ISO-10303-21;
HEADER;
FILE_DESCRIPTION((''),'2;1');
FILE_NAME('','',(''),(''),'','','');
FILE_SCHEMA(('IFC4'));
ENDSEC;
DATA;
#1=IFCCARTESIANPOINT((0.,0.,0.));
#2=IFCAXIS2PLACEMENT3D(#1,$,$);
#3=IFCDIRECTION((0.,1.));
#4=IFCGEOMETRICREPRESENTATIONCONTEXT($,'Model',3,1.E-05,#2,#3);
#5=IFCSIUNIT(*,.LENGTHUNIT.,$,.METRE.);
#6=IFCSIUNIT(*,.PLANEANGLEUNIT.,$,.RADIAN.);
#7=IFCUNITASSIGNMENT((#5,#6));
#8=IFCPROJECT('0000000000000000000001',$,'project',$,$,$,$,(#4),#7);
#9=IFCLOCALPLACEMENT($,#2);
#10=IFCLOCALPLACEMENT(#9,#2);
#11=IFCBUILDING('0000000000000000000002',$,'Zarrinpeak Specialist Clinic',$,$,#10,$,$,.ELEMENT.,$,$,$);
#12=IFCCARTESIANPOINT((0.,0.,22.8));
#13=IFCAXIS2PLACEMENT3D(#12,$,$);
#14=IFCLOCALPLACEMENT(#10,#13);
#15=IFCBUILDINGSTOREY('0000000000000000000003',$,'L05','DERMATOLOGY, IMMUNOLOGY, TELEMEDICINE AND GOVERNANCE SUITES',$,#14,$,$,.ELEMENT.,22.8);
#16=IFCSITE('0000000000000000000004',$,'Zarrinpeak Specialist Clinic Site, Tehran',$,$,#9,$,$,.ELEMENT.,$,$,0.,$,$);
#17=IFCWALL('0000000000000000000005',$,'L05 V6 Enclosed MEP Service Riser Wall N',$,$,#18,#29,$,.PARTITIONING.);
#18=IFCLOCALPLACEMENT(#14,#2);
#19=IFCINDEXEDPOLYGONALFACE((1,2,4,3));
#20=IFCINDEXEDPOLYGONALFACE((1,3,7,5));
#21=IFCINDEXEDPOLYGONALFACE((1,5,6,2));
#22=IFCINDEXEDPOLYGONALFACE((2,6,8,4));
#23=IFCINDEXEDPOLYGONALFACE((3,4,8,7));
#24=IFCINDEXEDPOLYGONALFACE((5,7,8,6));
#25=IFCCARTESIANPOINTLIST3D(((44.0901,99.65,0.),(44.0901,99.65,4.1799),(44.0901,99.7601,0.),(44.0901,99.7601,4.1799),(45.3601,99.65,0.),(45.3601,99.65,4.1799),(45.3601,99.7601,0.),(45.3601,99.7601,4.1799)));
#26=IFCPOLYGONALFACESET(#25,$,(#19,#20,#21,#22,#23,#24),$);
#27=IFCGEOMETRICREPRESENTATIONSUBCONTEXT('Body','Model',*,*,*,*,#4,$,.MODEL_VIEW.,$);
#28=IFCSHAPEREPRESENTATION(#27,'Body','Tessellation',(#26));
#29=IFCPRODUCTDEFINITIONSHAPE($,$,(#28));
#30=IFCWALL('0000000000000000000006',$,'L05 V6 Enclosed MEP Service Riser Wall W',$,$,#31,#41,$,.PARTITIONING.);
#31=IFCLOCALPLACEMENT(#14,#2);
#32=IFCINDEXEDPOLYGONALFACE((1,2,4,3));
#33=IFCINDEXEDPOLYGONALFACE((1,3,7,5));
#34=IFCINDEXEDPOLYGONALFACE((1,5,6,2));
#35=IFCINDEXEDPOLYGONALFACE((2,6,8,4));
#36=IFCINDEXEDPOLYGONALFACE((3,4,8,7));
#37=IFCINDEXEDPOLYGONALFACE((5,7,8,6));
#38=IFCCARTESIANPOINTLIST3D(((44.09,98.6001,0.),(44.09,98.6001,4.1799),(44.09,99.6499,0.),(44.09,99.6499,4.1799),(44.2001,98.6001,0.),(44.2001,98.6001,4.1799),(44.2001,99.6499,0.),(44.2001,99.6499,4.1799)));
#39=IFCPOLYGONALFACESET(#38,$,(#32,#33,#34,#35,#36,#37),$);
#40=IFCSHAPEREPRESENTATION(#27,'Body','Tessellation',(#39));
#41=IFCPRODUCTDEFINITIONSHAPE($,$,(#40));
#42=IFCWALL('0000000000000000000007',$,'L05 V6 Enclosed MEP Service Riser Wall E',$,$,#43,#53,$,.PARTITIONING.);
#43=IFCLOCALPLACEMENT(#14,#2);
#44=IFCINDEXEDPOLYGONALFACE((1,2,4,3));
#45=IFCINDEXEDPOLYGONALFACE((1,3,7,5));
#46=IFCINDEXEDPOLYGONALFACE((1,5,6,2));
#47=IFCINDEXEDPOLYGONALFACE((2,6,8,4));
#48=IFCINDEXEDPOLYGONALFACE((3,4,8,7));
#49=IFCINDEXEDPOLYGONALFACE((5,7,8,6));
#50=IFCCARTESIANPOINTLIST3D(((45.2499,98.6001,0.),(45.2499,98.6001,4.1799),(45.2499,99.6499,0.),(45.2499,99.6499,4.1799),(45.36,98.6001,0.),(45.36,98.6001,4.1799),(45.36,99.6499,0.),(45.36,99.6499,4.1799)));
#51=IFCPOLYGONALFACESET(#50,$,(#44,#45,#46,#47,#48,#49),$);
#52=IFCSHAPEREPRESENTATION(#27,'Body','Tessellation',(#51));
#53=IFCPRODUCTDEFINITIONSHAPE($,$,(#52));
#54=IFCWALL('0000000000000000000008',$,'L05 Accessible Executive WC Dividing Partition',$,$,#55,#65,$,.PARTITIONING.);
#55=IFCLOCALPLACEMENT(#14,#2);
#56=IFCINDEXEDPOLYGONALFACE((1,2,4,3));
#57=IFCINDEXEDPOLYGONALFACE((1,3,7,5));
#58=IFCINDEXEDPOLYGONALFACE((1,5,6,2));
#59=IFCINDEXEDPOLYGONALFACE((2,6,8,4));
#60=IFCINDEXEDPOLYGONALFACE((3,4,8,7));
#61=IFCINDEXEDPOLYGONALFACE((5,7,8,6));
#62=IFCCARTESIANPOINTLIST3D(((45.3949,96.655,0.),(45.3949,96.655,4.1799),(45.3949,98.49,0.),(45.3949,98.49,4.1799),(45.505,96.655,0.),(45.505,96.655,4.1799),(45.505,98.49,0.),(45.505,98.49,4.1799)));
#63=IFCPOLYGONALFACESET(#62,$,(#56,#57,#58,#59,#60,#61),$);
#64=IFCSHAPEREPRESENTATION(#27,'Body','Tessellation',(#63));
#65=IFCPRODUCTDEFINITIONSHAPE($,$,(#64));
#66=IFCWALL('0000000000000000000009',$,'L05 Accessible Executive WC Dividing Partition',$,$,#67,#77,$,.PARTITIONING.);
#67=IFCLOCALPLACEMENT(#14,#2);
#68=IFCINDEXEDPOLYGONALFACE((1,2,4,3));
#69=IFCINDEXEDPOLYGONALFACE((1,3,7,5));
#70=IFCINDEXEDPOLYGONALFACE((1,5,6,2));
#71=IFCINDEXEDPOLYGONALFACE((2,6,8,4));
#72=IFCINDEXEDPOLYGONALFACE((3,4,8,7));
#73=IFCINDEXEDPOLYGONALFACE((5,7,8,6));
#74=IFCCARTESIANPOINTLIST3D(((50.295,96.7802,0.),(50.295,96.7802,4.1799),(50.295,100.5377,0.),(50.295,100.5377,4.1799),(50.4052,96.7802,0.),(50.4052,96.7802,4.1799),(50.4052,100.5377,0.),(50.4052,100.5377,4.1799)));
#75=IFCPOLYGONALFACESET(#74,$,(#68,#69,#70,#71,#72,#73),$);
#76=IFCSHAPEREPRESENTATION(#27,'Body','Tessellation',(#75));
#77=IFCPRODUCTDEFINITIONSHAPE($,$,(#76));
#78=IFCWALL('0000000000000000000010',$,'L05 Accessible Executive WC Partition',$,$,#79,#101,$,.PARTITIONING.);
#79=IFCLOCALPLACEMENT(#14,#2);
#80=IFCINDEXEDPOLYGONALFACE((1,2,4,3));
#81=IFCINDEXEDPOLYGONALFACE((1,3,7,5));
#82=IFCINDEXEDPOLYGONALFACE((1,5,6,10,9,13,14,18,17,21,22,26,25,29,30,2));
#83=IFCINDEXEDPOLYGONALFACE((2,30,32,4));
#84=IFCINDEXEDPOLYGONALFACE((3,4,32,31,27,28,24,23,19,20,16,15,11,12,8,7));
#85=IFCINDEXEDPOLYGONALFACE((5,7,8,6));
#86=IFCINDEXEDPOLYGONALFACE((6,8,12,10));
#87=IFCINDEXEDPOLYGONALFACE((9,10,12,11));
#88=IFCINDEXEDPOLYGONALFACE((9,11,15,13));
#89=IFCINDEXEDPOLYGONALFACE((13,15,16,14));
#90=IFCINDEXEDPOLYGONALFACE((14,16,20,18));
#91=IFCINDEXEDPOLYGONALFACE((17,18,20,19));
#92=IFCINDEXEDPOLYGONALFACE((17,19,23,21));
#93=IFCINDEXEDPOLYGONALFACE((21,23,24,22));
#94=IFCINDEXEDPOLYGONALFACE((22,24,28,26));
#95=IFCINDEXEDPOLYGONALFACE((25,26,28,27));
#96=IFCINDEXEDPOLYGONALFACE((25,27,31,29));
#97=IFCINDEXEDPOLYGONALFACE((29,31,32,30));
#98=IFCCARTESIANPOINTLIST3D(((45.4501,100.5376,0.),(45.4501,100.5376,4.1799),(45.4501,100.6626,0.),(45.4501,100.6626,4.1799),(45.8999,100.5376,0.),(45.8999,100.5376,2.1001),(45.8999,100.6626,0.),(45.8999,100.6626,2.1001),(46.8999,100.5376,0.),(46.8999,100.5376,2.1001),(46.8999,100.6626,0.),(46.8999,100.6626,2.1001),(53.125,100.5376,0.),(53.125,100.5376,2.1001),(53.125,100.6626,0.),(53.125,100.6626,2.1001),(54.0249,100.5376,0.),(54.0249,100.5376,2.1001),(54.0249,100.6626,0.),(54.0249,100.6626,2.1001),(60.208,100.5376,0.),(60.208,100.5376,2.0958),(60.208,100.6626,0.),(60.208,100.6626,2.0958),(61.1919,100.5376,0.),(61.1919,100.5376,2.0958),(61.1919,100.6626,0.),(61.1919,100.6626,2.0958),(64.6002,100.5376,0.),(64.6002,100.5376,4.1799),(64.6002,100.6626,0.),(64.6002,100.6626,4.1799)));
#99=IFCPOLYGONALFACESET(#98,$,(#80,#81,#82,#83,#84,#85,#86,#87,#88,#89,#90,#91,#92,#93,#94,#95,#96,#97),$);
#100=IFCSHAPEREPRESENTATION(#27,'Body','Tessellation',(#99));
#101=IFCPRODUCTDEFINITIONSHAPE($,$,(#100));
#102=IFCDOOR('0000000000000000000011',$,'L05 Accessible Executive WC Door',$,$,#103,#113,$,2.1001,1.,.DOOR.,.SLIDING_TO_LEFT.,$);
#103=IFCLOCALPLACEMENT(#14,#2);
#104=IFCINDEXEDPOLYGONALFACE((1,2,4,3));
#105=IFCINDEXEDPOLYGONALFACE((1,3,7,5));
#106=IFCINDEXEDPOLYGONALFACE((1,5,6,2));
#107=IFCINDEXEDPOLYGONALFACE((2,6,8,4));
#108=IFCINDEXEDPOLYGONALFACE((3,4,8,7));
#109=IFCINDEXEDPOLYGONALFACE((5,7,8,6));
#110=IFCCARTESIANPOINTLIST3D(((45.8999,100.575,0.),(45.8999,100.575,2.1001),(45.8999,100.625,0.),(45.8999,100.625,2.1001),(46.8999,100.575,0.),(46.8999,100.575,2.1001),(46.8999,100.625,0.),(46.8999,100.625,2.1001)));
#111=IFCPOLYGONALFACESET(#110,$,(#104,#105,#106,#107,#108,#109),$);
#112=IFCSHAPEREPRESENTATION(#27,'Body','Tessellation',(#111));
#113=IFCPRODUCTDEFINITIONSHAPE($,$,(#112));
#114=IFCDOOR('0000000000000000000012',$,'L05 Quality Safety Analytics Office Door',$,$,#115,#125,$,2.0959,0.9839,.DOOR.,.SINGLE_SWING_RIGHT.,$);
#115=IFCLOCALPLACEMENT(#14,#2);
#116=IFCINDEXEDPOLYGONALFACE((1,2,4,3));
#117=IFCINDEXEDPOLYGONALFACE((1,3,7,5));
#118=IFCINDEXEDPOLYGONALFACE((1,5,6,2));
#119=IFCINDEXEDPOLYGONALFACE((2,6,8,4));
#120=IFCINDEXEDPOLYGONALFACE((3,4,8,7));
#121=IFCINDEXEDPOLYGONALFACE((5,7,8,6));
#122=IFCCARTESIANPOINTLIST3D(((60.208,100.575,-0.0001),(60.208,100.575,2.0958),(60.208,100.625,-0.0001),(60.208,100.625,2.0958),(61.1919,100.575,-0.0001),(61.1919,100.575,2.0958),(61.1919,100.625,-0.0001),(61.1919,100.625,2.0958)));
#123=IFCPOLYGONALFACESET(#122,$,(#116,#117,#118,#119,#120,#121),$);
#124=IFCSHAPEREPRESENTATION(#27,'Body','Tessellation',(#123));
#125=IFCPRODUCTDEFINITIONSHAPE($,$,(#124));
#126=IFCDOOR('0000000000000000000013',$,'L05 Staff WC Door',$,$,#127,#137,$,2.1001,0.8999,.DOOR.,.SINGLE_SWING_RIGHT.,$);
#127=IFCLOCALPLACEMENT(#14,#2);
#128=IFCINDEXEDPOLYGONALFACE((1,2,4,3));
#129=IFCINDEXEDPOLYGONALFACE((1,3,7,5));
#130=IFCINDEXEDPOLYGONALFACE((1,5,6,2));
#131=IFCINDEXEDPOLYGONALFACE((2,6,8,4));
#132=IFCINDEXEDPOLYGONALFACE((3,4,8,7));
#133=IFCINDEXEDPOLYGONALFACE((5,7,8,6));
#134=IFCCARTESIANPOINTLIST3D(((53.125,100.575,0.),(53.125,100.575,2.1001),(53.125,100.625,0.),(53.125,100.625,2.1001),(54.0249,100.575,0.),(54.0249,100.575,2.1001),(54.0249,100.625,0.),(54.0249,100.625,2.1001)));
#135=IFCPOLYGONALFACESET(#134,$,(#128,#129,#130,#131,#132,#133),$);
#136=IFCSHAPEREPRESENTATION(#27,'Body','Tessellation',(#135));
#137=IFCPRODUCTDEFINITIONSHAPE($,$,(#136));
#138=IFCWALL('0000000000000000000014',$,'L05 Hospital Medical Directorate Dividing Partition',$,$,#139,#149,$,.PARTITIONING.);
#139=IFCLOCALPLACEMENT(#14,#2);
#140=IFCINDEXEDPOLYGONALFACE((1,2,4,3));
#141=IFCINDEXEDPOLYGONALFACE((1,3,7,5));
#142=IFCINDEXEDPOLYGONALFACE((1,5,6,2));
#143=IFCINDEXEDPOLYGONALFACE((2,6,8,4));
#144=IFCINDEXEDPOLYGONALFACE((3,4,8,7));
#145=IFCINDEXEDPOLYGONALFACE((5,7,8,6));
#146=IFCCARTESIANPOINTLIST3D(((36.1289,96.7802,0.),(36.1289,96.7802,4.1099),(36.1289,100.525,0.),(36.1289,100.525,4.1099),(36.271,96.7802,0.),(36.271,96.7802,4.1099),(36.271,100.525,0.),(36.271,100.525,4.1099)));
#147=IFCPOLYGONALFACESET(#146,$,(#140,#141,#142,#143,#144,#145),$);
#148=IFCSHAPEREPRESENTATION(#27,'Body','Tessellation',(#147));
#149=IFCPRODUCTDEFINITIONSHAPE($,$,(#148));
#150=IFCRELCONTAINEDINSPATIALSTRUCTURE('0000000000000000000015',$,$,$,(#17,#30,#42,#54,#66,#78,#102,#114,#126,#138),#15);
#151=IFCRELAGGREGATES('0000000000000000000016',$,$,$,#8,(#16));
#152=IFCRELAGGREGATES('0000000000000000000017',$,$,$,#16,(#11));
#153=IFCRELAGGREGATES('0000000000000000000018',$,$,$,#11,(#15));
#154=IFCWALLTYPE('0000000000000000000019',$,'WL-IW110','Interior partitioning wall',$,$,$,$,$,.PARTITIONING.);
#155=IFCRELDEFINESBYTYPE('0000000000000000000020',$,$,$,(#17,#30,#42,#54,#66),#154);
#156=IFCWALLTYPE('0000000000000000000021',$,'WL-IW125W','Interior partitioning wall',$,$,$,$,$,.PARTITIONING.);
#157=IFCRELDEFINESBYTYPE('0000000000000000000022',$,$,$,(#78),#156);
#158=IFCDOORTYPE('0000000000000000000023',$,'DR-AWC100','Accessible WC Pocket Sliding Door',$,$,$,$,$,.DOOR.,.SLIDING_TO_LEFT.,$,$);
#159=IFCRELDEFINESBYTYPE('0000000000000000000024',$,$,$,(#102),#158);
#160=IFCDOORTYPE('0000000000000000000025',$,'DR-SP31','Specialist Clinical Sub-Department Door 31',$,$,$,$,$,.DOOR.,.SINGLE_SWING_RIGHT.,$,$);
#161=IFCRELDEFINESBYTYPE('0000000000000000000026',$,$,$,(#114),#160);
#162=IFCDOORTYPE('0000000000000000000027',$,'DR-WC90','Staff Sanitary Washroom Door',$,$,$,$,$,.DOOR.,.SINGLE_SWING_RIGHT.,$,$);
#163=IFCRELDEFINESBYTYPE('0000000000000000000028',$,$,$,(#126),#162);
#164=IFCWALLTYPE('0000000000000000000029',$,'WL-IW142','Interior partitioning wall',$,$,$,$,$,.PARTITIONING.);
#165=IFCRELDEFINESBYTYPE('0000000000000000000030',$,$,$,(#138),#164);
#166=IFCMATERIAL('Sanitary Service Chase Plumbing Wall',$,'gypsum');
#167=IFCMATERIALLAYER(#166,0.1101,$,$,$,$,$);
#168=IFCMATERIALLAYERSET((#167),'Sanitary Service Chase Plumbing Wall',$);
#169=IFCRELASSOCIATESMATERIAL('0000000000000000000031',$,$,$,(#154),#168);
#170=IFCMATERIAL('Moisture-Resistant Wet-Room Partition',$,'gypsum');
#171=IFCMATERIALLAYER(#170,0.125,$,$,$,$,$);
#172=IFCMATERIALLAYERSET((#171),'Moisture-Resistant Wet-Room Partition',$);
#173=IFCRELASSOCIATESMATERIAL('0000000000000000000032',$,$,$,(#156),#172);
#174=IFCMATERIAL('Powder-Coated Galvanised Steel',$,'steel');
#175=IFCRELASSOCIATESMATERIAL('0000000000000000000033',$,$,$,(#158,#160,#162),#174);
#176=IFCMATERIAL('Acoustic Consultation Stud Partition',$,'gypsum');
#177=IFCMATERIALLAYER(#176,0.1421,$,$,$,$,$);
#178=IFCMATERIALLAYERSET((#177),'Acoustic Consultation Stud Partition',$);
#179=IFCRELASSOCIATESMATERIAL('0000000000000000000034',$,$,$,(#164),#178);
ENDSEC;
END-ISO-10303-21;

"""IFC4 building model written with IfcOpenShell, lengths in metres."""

from ifc_helpers import new_model, si_unit, direction, frame, frame_2d, origin, place, context, subcontext, project, spatial, rectangle, extrude, material, layer, layer_set, type_object, element, fill, save


model = new_model("IFC4")

# Units and contexts
model_context = context("Model", 3, precision=1e-05, world=origin(), true_north=direction((0.0, 1.0)))
body_context = subcontext(model_context, "Body", "Model", "MODEL_VIEW")
ifc_project = project(units=[si_unit("LENGTHUNIT", "METRE"), si_unit("PLANEANGLEUNIT", "RADIAN")], contexts=[model_context])

# Site, building, storey
site_placement = place(None, origin())
site = spatial("IfcSite", under=ifc_project, at=site_placement, Name="Zarrinpeak Specialist Clinic Site, Tehran", CompositionType="ELEMENT", RefElevation=0.0)
building_placement = place(site_placement, origin())
building = spatial("IfcBuilding", under=site, at=building_placement, Name="Zarrinpeak Specialist Clinic", CompositionType="ELEMENT")
storey_placement = place(building_placement, frame((0.0, 0.0, 22.8)))
storey = spatial("IfcBuildingStorey", under=building, at=storey_placement, Name="L05", Description="DERMATOLOGY, IMMUNOLOGY, TELEMEDICINE AND GOVERNANCE SUITES", CompositionType="ELEMENT", Elevation=22.8)

# Walls
ifc_material_1 = material(Name="Sanitary Service Chase Plumbing Wall", Category="gypsum")
ifc_layer_1 = layer(ifc_material_1, 0.1101)
ifc_layer_set_1 = layer_set([ifc_layer_1], Name="Sanitary Service Chase Plumbing Wall")
wall_type_1 = type_object("IfcWallType", Name="WL-IW110", Description="Interior partitioning wall", PredefinedType="PARTITIONING", material=ifc_layer_set_1)
for number, where, z_axis, x_axis, name in (
    (1, (44.0901, 99.7051, 0.0), (0.0, 0.0, 1.0), (1.0, 0.0, 0.0), "L05 V6 Enclosed MEP Service Riser Wall N"),
):
    element("IfcWall", number, at=place(storey_placement, frame(where, z_axis=z_axis, x_axis=x_axis)), inside=storey, type_object=wall_type_1, Name=name, PredefinedType="PARTITIONING", context=body_context, shape_type="SweptSolid", body=[
        extrude(rectangle(XDim=1.27, YDim=0.1101, at=frame_2d((0.635, 0.0))), origin(), (0.0, 0.0, 1.0), 4.1799),
    ])
for number, where, z_axis, x_axis, name in (
    (2, (44.145, 98.6001, 0.0), (0.0, 0.0, 1.0), (0.0, 1.0, 0.0), "L05 V6 Enclosed MEP Service Riser Wall W"),
    (3, (45.3049, 98.6001, 0.0), (0.0, 0.0, 1.0), (0.0, 1.0, 0.0), "L05 V6 Enclosed MEP Service Riser Wall E"),
):
    element("IfcWall", number, at=place(storey_placement, frame(where, z_axis=z_axis, x_axis=x_axis)), inside=storey, type_object=wall_type_1, Name=name, PredefinedType="PARTITIONING", context=body_context, shape_type="SweptSolid", body=[
        extrude(rectangle(XDim=1.0498, YDim=0.1101, at=frame_2d((0.5249, 0.0))), origin(), (0.0, 0.0, 1.0), 4.1799),
    ])
wall_1_placement = place(storey_placement, frame((45.45, 96.655, 0.0), z_axis=(0.0, 0.0, 1.0), x_axis=(0.0, 1.0, 0.0)))
element("IfcWall", 4, at=wall_1_placement, inside=storey, type_object=wall_type_1, Name="L05 Accessible Executive WC Dividing Partition", PredefinedType="PARTITIONING", context=body_context, shape_type="SweptSolid", body=[
    extrude(rectangle(XDim=1.835, YDim=0.1101, at=frame_2d((0.9175, 0.0))), origin(), (0.0, 0.0, 1.0), 4.1799),
])
wall_2_placement = place(storey_placement, frame((50.3501, 96.78, 0.0), z_axis=(0.0, 0.0, 1.0), x_axis=(0.0, 1.0, 0.0)))
element("IfcWall", 5, at=wall_2_placement, inside=storey, type_object=wall_type_1, Name="L05 Accessible Executive WC Dividing Partition", PredefinedType="PARTITIONING", context=body_context, shape_type="SweptSolid", body=[
    extrude(rectangle(XDim=3.7576, YDim=0.1101, at=frame_2d((1.8789, 0.0))), origin(), (0.0, 0.0, 1.0), 4.1799),
])

# Wall, openings, doors
ifc_material_2 = material(Name="Moisture-Resistant Wet-Room Partition", Category="gypsum")
ifc_layer_2 = layer(ifc_material_2, 0.125)
ifc_layer_set_2 = layer_set([ifc_layer_2], Name="Moisture-Resistant Wet-Room Partition")
wall_type_2 = type_object("IfcWallType", Name="WL-IW125W", Description="Interior partitioning wall", PredefinedType="PARTITIONING", material=ifc_layer_set_2)
wall_3_placement = place(storey_placement, frame((45.45, 100.6001, 0.0), z_axis=(0.0, 0.0, 1.0), x_axis=(1.0, 0.0, 0.0)))
wall_3 = element("IfcWall", 6, at=wall_3_placement, inside=storey, type_object=wall_type_2, Name="L05 Accessible Executive WC Partition", PredefinedType="PARTITIONING", context=body_context, shape_type="SweptSolid", body=[
    extrude(rectangle(XDim=19.1501, YDim=0.125, at=frame_2d((9.5752, 0.0))), origin(), (0.0, 0.0, 1.0), 4.1799),
])
opening_1_placement = place(wall_3_placement, frame((0.45, 0.0, 0.0)))
opening_1 = element("IfcOpeningElement", 7, at=opening_1_placement, cuts=wall_3, PredefinedType="OPENING", context=body_context, shape_type="SweptSolid", body=[
    extrude(rectangle(XDim=1.0, YDim=2.1001, at=frame_2d((0.5, 1.05))), frame((0.0, 0.0725, 0.0), z_axis=(0.0, -1.0, 0.0), x_axis=(1.0, 0.0, 0.0)), (0.0, 0.0, 1.0), 0.145),
])
opening_2_placement = place(wall_3_placement, frame((7.675, 0.0, 0.0)))
opening_2 = element("IfcOpeningElement", 8, at=opening_2_placement, cuts=wall_3, PredefinedType="OPENING", context=body_context, shape_type="SweptSolid", body=[
    extrude(rectangle(XDim=0.8999, YDim=2.1001, at=frame_2d((0.45, 1.05))), frame((0.0, 0.0725, 0.0), z_axis=(0.0, -1.0, 0.0), x_axis=(1.0, 0.0, 0.0)), (0.0, 0.0, 1.0), 0.145),
])
opening_3_placement = place(wall_3_placement, frame((14.7581, 0.0, 0.0)))
opening_3 = element("IfcOpeningElement", 9, at=opening_3_placement, cuts=wall_3, PredefinedType="OPENING", context=body_context, shape_type="SweptSolid", body=[
    extrude(rectangle(XDim=0.9839, YDim=2.0959, at=frame_2d((0.4919, 1.0479))), frame((0.0, 0.0725, 0.0), z_axis=(0.0, -1.0, 0.0), x_axis=(1.0, 0.0, 0.0)), (0.0, 0.0, 1.0), 0.145),
])
ifc_material_3 = material(Name="Powder-Coated Galvanised Steel", Category="steel")
door_type_1 = type_object("IfcDoorType", Name="DR-AWC100", Description="Accessible WC Pocket Sliding Door", OperationType="SLIDING_TO_LEFT", PredefinedType="DOOR", material=ifc_material_3)
door_1_placement = place(opening_1_placement, origin())
door_1 = element("IfcDoor", 10, at=door_1_placement, inside=storey, type_object=door_type_1, Name="L05 Accessible Executive WC Door", OperationType="SLIDING_TO_LEFT", OverallHeight=2.1001, OverallWidth=1.0, PredefinedType="DOOR", context=body_context, shape_type="SweptSolid", body=[
    extrude(rectangle(XDim=1.0, YDim=2.1001, at=frame_2d((0.5, 1.05))), frame((0.0, 0.0249, 0.0), z_axis=(0.0, -1.0, 0.0), x_axis=(1.0, 0.0, 0.0)), (0.0, 0.0, 1.0), 0.05),
])
fill(opening_1, door_1)
door_type_2 = type_object("IfcDoorType", Name="DR-SP31", Description="Specialist Clinical Sub-Department Door 31", OperationType="SINGLE_SWING_RIGHT", PredefinedType="DOOR", material=ifc_material_3)
door_2_placement = place(opening_3_placement, origin())
door_2 = element("IfcDoor", 11, at=door_2_placement, inside=storey, type_object=door_type_2, Name="L05 Quality Safety Analytics Office Door", OperationType="SINGLE_SWING_RIGHT", OverallHeight=2.0959, OverallWidth=0.9839, PredefinedType="DOOR", context=body_context, shape_type="SweptSolid", body=[
    extrude(rectangle(XDim=0.9839, YDim=2.0959, at=frame_2d((0.4919, 1.0479))), frame((0.0, 0.0249, 0.0), z_axis=(0.0, -1.0, 0.0), x_axis=(1.0, 0.0, 0.0)), (0.0, 0.0, 1.0), 0.05),
])
fill(opening_3, door_2)
door_type_3 = type_object("IfcDoorType", Name="DR-WC90", Description="Staff Sanitary Washroom Door", OperationType="SINGLE_SWING_RIGHT", PredefinedType="DOOR", material=ifc_material_3)
door_3_placement = place(opening_2_placement, origin())
door_3 = element("IfcDoor", 12, at=door_3_placement, inside=storey, type_object=door_type_3, Name="L05 Staff WC Door", OperationType="SINGLE_SWING_RIGHT", OverallHeight=2.1001, OverallWidth=0.8999, PredefinedType="DOOR", context=body_context, shape_type="SweptSolid", body=[
    extrude(rectangle(XDim=0.8999, YDim=2.1001, at=frame_2d((0.45, 1.05))), frame((0.0, 0.0249, 0.0), z_axis=(0.0, -1.0, 0.0), x_axis=(1.0, 0.0, 0.0)), (0.0, 0.0, 1.0), 0.05),
])
fill(opening_2, door_3)

# Wall
ifc_material_4 = material(Name="Acoustic Consultation Stud Partition", Category="gypsum")
ifc_layer_3 = layer(ifc_material_4, 0.1421)
ifc_layer_set_3 = layer_set([ifc_layer_3], Name="Acoustic Consultation Stud Partition")
wall_type_3 = type_object("IfcWallType", Name="WL-IW142", Description="Interior partitioning wall", PredefinedType="PARTITIONING", material=ifc_layer_set_3)
wall_4_placement = place(storey_placement, frame((36.2, 96.78, 0.0), z_axis=(0.0, 0.0, 1.0), x_axis=(0.0, 1.0, 0.0)))
element("IfcWall", 13, at=wall_4_placement, inside=storey, type_object=wall_type_3, Name="L05 Hospital Medical Directorate Dividing Partition", PredefinedType="PARTITIONING", context=body_context, shape_type="SweptSolid", body=[
    extrude(rectangle(XDim=3.7449, YDim=0.1421, at=frame_2d((1.8726, 0.0))), origin(), (0.0, 0.0, 1.0), 4.1099),
])

save(model, "model.ifc")
